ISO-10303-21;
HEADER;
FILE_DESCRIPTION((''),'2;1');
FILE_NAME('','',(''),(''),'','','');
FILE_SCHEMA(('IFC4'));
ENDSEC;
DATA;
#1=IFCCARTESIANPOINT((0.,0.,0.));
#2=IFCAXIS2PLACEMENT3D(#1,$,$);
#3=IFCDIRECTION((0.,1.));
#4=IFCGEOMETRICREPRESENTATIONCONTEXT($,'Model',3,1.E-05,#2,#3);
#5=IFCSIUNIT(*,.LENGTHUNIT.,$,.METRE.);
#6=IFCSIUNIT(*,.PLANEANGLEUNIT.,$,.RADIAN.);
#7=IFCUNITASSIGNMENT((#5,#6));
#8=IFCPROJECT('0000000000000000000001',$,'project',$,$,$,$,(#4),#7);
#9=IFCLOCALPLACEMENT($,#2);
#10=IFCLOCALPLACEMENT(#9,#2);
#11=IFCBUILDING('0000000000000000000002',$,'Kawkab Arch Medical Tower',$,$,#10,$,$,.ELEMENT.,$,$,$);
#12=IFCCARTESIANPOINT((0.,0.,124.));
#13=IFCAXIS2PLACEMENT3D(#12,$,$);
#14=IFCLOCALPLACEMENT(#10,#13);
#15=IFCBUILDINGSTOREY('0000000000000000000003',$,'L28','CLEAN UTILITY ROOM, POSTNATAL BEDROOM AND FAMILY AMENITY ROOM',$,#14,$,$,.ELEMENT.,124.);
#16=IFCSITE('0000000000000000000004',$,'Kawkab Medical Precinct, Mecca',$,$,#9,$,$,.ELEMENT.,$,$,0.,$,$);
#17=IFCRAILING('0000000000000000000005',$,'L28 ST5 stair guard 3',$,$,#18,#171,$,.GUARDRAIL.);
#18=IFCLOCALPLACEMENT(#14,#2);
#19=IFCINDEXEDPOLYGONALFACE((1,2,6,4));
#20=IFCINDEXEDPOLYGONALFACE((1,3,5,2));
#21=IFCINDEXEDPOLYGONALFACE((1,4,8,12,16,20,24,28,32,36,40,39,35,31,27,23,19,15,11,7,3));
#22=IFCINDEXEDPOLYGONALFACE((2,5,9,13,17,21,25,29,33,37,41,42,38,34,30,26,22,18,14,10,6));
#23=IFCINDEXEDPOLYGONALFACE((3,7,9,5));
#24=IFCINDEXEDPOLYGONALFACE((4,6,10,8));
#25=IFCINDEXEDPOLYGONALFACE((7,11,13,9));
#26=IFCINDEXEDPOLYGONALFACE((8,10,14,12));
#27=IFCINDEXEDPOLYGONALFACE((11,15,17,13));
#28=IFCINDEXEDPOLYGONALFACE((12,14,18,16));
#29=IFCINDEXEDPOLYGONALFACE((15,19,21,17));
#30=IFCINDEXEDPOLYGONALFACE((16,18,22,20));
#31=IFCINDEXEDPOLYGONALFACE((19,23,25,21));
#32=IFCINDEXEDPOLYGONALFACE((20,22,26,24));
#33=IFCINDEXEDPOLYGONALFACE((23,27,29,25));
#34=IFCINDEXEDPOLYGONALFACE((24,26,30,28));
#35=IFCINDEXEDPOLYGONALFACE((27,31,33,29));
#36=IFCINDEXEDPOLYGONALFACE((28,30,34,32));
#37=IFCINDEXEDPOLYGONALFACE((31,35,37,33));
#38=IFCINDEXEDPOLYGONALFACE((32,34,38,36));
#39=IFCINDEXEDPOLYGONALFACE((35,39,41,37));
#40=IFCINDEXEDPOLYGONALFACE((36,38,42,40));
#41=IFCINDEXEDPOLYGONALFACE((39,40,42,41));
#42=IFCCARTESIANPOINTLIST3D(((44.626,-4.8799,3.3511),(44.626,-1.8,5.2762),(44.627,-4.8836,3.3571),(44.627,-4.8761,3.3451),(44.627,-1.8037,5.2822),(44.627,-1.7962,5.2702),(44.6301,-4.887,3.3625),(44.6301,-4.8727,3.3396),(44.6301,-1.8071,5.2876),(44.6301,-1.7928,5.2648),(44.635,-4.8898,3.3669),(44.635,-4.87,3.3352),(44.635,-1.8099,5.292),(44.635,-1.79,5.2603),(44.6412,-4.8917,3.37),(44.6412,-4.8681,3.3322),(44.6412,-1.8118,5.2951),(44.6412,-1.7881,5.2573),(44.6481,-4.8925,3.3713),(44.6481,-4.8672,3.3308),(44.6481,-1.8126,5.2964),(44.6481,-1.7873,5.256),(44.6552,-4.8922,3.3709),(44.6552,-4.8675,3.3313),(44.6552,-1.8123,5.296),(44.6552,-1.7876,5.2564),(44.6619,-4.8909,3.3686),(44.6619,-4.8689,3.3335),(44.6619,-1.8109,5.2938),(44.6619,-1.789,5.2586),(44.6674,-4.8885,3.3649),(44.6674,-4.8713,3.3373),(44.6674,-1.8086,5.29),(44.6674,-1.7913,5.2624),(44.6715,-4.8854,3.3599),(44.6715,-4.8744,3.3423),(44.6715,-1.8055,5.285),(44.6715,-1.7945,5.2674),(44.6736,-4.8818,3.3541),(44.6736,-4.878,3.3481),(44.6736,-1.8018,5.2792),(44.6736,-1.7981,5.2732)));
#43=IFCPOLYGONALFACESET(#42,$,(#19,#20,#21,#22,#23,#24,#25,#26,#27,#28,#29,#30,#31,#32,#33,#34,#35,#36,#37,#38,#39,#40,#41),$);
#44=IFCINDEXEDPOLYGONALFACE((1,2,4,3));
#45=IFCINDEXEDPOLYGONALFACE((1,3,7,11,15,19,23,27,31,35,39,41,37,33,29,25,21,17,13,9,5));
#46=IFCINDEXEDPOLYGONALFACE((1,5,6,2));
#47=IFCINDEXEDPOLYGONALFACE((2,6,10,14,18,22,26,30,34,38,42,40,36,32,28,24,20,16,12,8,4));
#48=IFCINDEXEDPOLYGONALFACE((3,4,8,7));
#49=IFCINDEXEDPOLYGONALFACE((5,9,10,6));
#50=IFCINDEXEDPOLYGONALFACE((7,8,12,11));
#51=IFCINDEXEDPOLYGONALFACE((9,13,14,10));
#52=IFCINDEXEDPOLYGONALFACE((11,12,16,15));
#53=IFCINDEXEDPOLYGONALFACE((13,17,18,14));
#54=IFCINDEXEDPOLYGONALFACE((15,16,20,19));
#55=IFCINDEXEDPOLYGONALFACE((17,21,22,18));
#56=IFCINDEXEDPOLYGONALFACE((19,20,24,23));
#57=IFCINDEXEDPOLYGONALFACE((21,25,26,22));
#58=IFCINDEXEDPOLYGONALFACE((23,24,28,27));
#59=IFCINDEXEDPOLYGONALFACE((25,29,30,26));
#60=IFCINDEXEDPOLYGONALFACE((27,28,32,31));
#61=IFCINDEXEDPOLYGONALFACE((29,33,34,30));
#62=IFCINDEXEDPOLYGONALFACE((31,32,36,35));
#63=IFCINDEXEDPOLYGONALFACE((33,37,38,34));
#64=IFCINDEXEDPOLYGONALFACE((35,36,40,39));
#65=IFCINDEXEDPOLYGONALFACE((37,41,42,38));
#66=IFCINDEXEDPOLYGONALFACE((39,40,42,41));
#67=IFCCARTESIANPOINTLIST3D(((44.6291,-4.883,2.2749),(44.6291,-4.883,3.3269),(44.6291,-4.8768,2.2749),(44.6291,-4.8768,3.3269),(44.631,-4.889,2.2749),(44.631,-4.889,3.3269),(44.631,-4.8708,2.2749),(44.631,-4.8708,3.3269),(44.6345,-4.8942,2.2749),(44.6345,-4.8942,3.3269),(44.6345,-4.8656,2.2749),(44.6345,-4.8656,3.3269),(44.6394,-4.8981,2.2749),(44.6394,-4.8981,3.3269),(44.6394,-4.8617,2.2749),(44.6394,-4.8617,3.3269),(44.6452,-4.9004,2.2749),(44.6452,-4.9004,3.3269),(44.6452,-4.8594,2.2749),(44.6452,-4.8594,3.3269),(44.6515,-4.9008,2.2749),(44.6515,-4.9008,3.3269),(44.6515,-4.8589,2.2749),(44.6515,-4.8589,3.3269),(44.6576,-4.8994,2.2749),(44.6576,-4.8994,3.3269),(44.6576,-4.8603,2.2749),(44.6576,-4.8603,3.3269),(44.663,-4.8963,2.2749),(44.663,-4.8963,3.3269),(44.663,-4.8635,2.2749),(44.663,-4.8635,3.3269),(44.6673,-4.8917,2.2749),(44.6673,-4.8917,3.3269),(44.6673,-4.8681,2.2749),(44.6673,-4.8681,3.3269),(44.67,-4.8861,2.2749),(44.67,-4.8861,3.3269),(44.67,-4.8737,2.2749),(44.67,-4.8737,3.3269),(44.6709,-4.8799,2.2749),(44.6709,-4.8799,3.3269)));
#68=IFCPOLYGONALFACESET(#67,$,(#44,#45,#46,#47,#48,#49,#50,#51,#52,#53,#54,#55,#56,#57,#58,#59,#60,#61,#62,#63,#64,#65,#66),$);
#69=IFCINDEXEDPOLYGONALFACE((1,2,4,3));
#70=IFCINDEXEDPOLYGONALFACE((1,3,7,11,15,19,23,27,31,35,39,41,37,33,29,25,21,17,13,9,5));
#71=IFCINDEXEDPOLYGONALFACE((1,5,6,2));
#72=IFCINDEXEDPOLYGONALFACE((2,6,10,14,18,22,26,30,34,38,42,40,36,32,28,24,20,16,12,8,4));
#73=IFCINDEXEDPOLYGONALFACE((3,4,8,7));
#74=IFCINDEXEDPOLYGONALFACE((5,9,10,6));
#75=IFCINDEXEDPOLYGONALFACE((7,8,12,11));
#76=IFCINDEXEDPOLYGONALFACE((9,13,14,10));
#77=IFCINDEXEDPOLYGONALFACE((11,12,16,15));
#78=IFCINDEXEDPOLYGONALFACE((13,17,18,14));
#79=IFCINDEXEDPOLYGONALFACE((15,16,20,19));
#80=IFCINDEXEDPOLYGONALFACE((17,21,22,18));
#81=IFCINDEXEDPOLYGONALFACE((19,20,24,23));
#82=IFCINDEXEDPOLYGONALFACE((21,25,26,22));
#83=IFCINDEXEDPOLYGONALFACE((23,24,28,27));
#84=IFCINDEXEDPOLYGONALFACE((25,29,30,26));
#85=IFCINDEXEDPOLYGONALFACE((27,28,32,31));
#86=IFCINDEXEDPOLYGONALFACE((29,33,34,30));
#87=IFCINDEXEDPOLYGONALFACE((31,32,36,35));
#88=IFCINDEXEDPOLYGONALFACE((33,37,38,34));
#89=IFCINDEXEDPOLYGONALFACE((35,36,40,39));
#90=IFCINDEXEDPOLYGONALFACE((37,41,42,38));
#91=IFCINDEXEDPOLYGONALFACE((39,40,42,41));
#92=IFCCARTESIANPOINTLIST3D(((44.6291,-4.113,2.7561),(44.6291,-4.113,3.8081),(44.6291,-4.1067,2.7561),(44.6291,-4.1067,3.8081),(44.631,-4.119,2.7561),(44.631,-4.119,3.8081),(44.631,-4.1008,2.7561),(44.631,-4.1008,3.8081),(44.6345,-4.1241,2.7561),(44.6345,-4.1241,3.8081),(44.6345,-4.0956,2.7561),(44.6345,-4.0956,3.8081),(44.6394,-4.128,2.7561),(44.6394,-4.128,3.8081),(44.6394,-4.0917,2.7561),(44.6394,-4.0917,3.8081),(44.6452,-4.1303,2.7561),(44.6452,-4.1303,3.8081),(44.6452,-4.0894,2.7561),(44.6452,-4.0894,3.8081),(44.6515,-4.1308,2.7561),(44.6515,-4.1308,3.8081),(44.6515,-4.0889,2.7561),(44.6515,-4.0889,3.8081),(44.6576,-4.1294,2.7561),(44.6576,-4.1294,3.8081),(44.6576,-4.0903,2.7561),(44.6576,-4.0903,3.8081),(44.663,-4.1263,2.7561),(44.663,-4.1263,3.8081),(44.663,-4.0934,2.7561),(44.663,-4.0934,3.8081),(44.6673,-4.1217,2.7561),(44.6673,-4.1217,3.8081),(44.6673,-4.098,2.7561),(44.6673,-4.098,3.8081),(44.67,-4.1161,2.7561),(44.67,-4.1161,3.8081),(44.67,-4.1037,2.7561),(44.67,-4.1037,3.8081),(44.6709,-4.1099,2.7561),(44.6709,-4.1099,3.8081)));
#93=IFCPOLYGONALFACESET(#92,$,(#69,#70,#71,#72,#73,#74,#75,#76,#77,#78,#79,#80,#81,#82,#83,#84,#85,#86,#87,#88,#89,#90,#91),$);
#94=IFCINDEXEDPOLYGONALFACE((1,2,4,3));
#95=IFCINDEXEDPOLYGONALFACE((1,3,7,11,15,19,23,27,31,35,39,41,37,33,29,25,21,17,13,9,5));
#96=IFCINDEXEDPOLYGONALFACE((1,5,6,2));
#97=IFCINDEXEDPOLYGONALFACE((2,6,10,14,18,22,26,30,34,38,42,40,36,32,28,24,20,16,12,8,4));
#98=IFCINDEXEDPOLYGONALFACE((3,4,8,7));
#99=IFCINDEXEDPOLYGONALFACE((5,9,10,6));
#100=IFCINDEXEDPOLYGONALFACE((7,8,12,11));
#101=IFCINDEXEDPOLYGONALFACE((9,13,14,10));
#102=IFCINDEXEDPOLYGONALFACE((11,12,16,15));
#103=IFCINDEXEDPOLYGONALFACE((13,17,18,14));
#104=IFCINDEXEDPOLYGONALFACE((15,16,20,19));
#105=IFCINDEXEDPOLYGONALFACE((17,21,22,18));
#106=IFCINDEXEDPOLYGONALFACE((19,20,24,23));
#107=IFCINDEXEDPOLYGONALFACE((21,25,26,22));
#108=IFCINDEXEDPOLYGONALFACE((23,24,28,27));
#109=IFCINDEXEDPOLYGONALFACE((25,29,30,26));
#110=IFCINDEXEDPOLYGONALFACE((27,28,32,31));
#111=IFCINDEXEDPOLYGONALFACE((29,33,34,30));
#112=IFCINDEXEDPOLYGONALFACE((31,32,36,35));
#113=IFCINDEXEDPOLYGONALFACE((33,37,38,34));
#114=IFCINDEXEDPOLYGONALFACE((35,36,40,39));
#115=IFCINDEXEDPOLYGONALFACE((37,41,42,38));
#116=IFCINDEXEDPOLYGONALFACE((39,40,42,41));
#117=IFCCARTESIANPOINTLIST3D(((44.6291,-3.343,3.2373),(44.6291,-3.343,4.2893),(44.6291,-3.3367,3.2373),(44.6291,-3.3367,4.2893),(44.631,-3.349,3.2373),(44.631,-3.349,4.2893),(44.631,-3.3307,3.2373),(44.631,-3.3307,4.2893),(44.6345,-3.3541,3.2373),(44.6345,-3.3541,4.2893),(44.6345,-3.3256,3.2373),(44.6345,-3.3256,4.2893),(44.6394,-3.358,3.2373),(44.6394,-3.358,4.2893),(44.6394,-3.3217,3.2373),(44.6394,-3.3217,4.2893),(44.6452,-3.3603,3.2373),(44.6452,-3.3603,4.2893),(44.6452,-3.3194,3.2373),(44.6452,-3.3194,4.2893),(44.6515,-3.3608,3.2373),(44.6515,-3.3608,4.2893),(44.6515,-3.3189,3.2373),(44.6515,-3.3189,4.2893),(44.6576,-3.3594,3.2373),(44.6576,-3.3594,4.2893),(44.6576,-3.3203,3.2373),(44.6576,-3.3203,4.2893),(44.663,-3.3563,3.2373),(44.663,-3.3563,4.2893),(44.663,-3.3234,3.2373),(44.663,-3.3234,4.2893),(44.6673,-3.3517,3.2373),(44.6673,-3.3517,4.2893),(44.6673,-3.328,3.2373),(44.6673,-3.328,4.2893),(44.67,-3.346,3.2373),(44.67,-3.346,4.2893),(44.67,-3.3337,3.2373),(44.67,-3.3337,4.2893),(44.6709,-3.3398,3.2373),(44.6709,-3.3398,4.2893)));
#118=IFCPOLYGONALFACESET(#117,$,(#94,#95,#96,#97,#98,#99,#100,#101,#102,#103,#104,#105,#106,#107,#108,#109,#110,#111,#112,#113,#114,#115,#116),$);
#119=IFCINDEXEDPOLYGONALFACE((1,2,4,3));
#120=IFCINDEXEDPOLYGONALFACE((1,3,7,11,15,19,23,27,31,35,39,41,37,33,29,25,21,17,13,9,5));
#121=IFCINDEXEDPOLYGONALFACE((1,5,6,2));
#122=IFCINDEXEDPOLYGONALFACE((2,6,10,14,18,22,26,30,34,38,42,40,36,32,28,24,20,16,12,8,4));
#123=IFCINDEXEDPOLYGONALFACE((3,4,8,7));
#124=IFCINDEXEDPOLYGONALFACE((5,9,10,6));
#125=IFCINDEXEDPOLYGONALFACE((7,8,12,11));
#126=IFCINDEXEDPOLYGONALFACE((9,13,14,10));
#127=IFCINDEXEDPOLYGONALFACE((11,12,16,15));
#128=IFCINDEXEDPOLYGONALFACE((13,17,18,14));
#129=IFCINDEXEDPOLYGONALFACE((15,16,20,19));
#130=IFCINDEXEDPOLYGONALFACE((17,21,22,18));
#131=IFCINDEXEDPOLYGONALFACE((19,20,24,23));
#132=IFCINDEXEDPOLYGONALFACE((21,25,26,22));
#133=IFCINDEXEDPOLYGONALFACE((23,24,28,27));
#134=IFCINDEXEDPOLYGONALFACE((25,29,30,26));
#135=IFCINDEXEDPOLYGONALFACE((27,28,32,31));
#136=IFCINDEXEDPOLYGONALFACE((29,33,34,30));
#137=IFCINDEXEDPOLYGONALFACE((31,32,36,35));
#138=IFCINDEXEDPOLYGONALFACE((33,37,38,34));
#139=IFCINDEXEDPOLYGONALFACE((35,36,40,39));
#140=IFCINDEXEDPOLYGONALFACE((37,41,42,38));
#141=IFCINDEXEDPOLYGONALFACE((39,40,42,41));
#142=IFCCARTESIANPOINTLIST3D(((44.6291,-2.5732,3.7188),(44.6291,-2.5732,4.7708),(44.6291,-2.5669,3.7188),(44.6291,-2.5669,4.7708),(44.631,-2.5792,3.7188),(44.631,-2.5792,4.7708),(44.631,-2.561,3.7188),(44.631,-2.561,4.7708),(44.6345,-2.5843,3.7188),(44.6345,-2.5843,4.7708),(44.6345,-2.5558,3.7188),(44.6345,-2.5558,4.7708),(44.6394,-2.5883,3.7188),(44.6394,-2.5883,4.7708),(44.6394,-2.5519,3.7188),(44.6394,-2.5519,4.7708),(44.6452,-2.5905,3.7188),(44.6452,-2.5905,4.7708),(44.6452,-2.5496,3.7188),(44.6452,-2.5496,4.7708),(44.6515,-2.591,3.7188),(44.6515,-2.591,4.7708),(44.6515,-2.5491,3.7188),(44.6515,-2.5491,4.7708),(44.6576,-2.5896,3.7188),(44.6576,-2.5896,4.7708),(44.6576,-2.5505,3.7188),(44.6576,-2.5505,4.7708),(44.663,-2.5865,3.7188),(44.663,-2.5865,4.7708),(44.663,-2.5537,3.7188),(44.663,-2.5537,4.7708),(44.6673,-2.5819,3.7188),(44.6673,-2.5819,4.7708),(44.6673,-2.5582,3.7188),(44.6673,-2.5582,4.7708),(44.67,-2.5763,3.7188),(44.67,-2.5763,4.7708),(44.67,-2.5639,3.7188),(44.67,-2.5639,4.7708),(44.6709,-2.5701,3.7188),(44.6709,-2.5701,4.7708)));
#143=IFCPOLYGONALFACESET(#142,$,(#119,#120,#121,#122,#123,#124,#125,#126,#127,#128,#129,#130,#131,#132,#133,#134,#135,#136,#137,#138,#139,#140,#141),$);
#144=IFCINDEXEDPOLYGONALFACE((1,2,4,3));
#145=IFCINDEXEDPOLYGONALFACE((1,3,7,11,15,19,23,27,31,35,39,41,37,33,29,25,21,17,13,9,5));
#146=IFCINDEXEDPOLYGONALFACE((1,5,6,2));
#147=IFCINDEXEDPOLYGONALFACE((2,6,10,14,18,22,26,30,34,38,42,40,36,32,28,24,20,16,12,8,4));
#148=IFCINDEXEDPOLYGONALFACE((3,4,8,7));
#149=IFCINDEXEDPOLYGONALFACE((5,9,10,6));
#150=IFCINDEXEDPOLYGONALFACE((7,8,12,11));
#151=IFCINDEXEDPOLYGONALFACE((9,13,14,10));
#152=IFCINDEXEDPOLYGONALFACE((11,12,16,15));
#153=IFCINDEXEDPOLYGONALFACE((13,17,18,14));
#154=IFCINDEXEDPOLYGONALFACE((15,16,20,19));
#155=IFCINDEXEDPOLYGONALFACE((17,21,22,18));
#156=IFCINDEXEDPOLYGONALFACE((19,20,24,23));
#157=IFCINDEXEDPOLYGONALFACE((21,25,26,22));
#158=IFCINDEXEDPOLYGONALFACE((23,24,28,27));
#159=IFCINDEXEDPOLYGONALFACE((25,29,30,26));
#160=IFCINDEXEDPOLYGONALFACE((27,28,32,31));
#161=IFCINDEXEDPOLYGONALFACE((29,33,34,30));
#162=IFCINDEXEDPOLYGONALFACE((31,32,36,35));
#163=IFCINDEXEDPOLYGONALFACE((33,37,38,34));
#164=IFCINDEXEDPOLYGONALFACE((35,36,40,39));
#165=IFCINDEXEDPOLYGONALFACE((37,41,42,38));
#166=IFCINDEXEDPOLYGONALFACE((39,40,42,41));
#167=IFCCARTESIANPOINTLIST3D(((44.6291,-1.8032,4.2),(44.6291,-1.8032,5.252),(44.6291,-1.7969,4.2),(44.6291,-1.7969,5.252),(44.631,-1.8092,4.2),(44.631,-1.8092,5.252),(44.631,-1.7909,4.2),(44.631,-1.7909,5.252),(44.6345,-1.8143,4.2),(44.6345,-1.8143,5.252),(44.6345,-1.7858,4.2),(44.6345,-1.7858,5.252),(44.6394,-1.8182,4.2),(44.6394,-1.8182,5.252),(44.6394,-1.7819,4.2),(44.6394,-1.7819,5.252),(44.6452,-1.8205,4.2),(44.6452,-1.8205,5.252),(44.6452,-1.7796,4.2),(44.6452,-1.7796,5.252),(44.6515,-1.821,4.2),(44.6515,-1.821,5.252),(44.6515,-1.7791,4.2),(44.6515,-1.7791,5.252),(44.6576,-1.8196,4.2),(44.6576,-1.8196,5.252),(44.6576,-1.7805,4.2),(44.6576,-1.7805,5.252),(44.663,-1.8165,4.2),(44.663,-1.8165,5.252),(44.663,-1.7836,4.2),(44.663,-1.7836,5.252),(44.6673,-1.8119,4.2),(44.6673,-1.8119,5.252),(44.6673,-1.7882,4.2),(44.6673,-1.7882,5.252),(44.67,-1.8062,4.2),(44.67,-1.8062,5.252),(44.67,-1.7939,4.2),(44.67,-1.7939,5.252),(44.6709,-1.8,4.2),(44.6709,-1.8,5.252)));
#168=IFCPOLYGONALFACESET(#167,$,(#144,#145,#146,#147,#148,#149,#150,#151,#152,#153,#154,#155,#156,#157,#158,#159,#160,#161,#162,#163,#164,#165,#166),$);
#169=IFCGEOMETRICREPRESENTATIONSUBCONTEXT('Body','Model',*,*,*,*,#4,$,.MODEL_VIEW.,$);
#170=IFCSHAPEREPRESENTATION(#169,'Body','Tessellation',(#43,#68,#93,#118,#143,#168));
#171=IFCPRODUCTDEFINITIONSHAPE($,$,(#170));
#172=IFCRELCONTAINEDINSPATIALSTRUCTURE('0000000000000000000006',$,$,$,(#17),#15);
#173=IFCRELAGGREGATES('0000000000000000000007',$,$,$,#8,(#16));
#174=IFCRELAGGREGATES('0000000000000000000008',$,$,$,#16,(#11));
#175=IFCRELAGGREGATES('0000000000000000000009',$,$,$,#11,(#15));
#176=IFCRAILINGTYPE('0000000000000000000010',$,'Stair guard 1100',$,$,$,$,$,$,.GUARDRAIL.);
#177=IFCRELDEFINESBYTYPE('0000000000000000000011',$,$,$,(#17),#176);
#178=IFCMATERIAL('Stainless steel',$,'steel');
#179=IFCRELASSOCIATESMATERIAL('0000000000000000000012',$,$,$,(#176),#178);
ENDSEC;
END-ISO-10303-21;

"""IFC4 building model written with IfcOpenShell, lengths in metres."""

from ifc_helpers import new_model, si_unit, direction, frame, origin, origin_2d, place, context, subcontext, project, spatial, circle, extrude, material, type_object, element, save


model = new_model("IFC4")

# Units and contexts
model_context = context("Model", 3, precision=1e-05, world=origin(), true_north=direction((0.0, 1.0)))
body_context = subcontext(model_context, "Body", "Model", "MODEL_VIEW")
ifc_project = project(units=[si_unit("LENGTHUNIT", "METRE"), si_unit("PLANEANGLEUNIT", "RADIAN")], contexts=[model_context])

# Site, building, storey
site_placement = place(None, origin())
site = spatial("IfcSite", under=ifc_project, at=site_placement, Name="Kawkab Medical Precinct, Mecca", CompositionType="ELEMENT", RefElevation=0.0)
building_placement = place(site_placement, origin())
building = spatial("IfcBuilding", under=site, at=building_placement, Name="Kawkab Arch Medical Tower", CompositionType="ELEMENT")
storey_placement = place(building_placement, frame((0.0, 0.0, 124.0)))
storey = spatial("IfcBuildingStorey", under=building, at=storey_placement, Name="L28", Description="CLEAN UTILITY ROOM, POSTNATAL BEDROOM AND FAMILY AMENITY ROOM", CompositionType="ELEMENT", Elevation=124.0)

# Railing
ifc_material_1 = material(Name="Stainless steel", Category="steel")
railing_type = type_object("IfcRailingType", Name="Stair guard 1100", PredefinedType="GUARDRAIL", material=ifc_material_1)
railing_1_placement = place(storey_placement, frame((44.6499, -4.8799, 2.2749)))
element("IfcRailing", 1, at=railing_1_placement, inside=storey, type_object=railing_type, Name="L28 ST5 stair guard 3", PredefinedType="GUARDRAIL", context=body_context, shape_type="SweptSolid", body=[
    extrude(circle(Radius=0.0239, at=origin_2d()), frame((0.0, 0.0, 1.0762), z_axis=(0.0, 0.847979, 0.530029), x_axis=(-1.0, 0.0, 0.0)), (0.0, 0.0, 1.0), 3.6321),
    extrude(circle(Radius=0.021, at=origin_2d()), origin(), (0.0, 0.0, 1.0), 1.052),
    extrude(circle(Radius=0.021, at=origin_2d()), frame((0.0, 0.77, 0.4812)), (0.0, 0.0, 1.0), 1.052),
    extrude(circle(Radius=0.021, at=origin_2d()), frame((0.0, 1.54, 0.9624)), (0.0, 0.0, 1.0), 1.052),
    extrude(circle(Radius=0.021, at=origin_2d()), frame((0.0, 2.3098, 1.4438)), (0.0, 0.0, 1.0), 1.052),
    extrude(circle(Radius=0.021, at=origin_2d()), frame((0.0, 3.0798, 1.925)), (0.0, 0.0, 1.0), 1.052),
])

save(model, "model.ifc")
